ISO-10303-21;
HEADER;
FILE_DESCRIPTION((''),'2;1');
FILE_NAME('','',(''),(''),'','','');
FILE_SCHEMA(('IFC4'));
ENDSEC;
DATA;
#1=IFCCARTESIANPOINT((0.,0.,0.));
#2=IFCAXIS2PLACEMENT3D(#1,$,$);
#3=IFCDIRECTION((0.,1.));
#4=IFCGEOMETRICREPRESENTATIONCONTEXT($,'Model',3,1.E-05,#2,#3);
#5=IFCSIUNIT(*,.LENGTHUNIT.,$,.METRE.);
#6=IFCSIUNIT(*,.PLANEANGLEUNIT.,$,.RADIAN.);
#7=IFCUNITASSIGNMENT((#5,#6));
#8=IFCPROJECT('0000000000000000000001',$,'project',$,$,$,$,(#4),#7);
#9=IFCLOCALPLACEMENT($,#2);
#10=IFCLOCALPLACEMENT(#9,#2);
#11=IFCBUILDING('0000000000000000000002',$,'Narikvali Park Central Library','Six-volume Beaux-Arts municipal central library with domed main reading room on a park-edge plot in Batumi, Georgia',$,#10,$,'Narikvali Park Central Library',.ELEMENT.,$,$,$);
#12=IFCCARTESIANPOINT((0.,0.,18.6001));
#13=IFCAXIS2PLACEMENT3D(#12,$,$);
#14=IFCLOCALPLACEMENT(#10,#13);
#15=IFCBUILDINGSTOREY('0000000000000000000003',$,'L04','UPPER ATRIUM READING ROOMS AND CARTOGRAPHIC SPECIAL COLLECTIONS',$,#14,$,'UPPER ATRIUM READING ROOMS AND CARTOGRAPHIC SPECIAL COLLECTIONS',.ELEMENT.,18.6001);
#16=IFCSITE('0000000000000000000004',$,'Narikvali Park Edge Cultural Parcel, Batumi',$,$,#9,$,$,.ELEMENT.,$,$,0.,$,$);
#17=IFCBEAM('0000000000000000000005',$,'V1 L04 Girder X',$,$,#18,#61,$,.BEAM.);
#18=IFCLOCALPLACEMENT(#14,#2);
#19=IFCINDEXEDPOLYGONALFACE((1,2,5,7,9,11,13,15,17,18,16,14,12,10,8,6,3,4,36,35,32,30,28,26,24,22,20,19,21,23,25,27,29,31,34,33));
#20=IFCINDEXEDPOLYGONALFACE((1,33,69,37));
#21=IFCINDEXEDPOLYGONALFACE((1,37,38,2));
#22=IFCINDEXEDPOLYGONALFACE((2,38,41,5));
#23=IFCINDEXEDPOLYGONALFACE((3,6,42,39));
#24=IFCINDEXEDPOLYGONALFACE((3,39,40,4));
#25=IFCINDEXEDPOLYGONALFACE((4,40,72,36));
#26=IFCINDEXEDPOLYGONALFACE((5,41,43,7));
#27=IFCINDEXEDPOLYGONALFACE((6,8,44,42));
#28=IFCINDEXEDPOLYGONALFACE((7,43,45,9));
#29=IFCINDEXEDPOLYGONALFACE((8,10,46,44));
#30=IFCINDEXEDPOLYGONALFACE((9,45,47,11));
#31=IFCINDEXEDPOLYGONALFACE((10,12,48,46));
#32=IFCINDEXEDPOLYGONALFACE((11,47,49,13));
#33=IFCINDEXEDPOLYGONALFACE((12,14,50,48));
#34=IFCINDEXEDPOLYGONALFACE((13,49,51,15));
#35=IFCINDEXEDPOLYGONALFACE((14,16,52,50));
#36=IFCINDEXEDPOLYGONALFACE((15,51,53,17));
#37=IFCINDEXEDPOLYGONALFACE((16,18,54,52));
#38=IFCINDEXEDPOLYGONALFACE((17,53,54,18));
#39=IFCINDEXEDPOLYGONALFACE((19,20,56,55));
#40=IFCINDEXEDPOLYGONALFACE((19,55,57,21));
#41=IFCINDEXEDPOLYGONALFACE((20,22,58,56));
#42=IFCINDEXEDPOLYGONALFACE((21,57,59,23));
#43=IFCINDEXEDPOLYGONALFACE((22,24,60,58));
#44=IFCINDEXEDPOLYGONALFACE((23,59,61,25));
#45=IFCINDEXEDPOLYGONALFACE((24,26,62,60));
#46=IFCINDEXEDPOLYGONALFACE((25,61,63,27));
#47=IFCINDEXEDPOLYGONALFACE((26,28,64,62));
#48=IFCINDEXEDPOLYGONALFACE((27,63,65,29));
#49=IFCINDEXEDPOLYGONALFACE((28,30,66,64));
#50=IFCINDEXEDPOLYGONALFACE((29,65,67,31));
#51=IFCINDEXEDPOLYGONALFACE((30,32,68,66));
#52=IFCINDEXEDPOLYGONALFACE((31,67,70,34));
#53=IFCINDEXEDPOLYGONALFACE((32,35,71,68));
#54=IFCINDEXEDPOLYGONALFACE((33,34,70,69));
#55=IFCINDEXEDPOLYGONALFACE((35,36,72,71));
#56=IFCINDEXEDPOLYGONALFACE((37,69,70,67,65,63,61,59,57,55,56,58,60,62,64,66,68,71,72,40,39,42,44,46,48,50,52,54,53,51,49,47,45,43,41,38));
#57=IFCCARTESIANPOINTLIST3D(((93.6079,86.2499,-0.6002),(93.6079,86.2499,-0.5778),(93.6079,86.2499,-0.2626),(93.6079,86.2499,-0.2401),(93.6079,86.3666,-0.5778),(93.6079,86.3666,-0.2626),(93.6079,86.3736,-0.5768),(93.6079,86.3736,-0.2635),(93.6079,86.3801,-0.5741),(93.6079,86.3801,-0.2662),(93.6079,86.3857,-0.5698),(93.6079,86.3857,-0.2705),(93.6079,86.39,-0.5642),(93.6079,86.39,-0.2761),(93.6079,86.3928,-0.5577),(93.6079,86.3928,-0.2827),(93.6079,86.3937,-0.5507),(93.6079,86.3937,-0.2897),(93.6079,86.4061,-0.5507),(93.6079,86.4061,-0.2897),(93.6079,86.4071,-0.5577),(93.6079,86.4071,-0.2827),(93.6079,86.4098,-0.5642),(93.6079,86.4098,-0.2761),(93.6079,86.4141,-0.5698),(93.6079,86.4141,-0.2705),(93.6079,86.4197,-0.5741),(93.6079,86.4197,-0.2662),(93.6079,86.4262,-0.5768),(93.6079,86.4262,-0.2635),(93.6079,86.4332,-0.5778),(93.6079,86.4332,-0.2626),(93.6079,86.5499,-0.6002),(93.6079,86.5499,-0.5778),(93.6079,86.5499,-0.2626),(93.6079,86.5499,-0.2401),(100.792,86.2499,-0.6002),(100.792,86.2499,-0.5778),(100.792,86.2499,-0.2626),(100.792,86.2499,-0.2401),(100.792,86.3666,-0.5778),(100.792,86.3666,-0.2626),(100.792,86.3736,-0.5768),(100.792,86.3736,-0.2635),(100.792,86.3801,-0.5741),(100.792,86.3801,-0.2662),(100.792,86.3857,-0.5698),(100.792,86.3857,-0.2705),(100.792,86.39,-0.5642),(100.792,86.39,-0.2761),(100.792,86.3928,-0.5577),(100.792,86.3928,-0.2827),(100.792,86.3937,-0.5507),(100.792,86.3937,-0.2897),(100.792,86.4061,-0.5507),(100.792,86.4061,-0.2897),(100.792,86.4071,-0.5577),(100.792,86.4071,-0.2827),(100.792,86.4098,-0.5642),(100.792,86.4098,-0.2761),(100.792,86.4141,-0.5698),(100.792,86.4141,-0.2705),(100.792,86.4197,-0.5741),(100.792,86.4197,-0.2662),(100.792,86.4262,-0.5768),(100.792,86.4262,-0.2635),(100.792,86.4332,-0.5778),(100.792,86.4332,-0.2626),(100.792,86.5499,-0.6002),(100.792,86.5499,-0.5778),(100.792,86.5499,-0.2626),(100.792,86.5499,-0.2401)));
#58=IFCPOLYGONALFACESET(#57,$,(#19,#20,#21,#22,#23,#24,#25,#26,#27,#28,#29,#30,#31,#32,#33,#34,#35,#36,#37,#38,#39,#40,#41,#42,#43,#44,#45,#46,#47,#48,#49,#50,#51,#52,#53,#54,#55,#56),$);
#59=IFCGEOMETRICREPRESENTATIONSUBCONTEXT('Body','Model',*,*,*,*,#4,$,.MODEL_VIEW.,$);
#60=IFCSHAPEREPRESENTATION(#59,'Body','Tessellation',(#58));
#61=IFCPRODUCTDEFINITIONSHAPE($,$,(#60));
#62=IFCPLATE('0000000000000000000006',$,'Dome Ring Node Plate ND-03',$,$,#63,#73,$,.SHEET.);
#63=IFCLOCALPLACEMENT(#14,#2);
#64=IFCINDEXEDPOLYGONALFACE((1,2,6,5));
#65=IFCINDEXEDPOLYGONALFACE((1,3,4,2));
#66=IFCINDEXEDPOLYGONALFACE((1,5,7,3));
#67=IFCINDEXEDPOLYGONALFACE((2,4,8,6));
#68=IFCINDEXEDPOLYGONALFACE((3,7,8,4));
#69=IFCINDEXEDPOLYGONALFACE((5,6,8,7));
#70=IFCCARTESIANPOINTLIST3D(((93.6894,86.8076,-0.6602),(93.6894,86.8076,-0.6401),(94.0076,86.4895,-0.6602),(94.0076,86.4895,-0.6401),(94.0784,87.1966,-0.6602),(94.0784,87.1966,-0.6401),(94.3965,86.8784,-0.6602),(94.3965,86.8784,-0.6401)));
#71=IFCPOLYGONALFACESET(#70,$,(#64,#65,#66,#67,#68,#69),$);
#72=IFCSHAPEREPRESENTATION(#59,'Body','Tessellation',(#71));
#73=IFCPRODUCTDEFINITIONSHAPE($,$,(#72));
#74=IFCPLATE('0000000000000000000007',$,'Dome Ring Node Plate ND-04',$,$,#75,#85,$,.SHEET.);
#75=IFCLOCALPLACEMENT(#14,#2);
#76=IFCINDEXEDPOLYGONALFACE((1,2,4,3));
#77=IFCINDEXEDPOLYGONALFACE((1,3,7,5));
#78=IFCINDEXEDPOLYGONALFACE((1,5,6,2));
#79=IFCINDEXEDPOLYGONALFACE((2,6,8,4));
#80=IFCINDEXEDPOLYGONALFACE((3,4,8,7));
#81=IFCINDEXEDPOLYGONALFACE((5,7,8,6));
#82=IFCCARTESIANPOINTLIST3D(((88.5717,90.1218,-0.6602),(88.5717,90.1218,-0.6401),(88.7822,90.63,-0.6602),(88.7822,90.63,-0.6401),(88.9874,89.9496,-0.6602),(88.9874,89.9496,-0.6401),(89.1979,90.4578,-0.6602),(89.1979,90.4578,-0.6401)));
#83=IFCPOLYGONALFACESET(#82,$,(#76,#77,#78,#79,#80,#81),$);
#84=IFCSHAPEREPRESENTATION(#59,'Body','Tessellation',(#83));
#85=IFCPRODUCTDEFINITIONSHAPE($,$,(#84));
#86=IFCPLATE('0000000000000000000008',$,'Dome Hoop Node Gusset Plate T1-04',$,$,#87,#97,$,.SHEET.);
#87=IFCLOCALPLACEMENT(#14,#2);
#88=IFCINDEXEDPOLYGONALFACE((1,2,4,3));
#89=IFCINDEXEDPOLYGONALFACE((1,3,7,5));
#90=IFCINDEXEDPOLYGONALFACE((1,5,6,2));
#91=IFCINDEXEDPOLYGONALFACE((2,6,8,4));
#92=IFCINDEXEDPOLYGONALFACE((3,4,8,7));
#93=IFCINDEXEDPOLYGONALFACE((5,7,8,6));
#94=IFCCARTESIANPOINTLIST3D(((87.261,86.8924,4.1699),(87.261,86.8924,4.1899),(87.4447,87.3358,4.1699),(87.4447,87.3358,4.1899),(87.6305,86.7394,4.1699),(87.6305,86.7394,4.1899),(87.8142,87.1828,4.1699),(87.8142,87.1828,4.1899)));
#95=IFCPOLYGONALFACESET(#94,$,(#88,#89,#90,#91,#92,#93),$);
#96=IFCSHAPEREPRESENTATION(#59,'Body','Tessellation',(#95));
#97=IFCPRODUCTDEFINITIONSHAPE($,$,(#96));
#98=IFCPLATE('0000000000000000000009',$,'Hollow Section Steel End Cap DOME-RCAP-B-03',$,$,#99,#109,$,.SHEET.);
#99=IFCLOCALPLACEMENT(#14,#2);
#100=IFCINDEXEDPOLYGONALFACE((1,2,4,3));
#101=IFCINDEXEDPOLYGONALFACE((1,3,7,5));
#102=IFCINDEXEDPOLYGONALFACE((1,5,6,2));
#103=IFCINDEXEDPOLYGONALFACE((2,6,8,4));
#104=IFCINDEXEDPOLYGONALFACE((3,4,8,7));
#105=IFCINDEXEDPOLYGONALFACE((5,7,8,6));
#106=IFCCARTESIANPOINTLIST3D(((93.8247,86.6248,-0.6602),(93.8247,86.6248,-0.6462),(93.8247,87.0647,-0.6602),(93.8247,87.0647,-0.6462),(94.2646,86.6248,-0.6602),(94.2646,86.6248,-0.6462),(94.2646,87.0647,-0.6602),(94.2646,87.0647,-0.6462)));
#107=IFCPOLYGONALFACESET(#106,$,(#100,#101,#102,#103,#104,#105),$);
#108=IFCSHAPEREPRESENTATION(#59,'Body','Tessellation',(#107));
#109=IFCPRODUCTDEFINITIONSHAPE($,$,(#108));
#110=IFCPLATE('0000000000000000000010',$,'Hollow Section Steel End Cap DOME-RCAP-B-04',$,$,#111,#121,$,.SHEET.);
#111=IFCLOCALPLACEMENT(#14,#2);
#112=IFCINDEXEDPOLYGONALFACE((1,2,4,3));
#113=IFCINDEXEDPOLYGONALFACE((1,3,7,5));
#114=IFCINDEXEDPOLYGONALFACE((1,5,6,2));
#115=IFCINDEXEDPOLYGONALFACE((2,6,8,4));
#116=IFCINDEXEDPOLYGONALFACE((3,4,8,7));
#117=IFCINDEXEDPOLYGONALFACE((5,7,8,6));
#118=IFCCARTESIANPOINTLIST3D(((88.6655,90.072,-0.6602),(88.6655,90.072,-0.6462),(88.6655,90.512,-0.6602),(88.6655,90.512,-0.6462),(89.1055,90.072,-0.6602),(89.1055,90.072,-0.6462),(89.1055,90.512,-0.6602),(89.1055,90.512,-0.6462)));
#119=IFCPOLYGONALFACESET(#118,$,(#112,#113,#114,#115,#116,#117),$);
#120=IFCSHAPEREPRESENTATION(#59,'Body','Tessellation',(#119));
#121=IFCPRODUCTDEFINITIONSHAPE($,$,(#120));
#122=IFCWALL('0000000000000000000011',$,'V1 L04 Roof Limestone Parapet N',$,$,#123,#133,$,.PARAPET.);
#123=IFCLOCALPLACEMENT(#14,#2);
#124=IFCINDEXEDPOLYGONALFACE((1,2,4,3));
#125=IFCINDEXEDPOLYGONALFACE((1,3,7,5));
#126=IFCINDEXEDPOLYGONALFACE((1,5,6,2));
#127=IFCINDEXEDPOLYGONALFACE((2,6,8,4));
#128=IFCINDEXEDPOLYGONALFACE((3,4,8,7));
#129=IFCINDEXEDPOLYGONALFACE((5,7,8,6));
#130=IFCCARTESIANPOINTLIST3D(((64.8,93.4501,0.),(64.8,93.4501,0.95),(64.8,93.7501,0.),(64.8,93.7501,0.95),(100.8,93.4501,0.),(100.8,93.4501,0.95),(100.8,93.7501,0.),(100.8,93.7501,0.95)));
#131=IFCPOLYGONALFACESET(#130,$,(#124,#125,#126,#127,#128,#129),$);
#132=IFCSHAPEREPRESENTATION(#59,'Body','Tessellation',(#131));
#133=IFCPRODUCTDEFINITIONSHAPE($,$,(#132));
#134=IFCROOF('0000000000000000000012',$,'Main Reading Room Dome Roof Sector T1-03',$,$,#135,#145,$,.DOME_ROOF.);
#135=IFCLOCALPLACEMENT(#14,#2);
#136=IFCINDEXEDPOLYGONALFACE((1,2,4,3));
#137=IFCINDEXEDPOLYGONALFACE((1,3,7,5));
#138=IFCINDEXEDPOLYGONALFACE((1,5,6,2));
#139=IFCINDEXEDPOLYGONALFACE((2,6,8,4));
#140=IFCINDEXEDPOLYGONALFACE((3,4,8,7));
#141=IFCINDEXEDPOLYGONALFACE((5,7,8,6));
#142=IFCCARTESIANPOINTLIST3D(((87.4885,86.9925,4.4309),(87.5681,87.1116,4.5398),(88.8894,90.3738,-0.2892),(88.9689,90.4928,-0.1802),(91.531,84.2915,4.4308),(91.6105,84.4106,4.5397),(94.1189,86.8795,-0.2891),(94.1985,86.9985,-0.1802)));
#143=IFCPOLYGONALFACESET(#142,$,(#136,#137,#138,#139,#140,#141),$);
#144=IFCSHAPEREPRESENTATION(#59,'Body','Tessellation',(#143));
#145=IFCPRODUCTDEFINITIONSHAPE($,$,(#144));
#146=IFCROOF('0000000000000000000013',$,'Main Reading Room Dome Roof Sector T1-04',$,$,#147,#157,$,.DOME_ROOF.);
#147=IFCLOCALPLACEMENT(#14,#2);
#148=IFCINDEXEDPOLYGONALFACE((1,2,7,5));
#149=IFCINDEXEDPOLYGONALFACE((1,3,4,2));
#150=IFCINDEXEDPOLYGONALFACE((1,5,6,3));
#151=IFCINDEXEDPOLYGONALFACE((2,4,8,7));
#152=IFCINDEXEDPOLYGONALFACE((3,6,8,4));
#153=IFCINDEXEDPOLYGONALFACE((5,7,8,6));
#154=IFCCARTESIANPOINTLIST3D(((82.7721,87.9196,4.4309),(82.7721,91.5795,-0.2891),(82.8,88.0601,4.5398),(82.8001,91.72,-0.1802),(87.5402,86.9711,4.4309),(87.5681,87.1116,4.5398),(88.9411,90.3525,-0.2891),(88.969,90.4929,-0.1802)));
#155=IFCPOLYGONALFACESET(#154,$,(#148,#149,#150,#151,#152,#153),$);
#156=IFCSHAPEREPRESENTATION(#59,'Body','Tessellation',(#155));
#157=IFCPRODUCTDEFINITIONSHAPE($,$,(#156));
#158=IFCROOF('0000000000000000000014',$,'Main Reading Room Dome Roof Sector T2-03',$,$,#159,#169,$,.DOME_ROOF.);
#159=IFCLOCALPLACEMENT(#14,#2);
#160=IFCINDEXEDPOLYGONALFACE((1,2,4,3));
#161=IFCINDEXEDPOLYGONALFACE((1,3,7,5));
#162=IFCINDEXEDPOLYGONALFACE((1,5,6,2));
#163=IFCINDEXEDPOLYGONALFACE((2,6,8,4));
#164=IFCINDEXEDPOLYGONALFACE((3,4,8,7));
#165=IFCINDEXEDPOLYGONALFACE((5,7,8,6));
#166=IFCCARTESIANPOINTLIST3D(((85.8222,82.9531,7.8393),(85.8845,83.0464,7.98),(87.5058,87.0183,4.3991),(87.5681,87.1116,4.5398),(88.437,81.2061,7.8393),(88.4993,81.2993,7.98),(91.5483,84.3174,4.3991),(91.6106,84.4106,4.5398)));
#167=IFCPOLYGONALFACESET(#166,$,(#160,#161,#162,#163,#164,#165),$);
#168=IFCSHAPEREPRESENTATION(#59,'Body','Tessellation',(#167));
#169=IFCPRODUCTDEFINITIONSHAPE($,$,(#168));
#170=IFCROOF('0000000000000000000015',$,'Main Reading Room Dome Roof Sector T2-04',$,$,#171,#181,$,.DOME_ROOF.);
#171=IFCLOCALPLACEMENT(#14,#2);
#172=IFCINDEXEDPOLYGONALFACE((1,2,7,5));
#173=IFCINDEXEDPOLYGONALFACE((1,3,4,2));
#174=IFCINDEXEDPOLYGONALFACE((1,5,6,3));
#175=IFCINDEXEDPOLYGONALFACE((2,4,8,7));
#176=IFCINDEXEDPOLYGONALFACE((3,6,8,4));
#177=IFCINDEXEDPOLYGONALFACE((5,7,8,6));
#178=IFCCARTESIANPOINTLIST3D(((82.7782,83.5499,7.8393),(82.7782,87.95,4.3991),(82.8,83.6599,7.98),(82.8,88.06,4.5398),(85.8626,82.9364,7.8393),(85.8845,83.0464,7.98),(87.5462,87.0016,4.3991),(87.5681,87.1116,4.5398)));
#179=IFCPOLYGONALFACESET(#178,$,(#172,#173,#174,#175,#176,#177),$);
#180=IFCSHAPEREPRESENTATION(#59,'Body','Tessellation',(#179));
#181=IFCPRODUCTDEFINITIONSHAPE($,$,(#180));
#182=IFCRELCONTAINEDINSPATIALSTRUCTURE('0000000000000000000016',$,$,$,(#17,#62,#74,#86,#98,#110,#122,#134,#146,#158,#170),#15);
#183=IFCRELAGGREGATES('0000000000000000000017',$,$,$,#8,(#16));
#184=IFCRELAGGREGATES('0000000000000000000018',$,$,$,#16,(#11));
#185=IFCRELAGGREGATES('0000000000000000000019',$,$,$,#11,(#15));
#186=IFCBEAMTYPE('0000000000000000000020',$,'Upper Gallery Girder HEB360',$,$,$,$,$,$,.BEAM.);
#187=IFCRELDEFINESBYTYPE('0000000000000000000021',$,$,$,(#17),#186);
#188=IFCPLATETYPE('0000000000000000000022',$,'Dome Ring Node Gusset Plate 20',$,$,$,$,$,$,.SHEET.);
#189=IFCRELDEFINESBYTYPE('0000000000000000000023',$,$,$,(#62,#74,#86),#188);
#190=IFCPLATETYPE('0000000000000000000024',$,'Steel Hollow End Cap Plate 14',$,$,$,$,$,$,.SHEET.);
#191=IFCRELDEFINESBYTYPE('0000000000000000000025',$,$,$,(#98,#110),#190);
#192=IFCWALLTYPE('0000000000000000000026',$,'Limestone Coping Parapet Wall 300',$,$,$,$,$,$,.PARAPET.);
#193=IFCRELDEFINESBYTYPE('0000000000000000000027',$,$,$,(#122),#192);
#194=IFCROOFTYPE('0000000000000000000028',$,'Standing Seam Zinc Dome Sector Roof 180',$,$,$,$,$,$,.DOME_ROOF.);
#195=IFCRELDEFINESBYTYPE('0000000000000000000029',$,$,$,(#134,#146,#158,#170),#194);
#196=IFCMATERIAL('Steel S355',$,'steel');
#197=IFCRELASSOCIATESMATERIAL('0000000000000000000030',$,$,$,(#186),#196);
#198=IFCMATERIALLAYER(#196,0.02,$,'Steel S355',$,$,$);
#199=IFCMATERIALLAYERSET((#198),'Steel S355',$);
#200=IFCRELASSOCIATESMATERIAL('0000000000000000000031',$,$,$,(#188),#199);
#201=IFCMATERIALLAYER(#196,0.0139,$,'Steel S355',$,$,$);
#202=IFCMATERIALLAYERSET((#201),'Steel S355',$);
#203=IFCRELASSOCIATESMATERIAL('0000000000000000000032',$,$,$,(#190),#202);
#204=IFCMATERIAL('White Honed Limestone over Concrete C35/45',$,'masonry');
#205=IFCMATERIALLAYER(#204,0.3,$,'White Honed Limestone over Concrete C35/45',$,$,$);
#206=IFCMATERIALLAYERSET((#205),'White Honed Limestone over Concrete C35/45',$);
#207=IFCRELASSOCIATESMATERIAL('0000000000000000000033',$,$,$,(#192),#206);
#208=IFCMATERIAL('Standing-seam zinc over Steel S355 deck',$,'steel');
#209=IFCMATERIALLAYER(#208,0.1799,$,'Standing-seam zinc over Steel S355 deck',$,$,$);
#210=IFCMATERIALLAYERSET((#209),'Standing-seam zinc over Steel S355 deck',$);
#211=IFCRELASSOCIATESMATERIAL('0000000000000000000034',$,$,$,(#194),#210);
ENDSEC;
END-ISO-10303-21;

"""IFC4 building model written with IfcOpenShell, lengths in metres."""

from ifc_helpers import new_model, si_unit, direction, frame, frame_2d, origin, origin_2d, place, context, subcontext, project, spatial, polyline, rectangle, i_section, outline, extrude, material, layer, layer_set, material_profile, profile_set, type_object, element, save


model = new_model("IFC4")

# Units and contexts
model_context = context("Model", 3, precision=1e-05, world=origin(), true_north=direction((0.0, 1.0)))
body_context = subcontext(model_context, "Body", "Model", "MODEL_VIEW")
ifc_project = project(units=[si_unit("LENGTHUNIT", "METRE"), si_unit("PLANEANGLEUNIT", "RADIAN")], contexts=[model_context])

# Site, building, storey
site_placement = place(None, origin())
site = spatial("IfcSite", under=ifc_project, at=site_placement, Name="Narikvali Park Edge Cultural Parcel, Batumi", CompositionType="ELEMENT", RefElevation=0.0)
building_placement = place(site_placement, origin())
building = spatial("IfcBuilding", under=site, at=building_placement, Name="Narikvali Park Central Library", Description="Six-volume Beaux-Arts municipal central library with domed main reading room on a park-edge plot in Batumi, Georgia", LongName="Narikvali Park Central Library", CompositionType="ELEMENT")
storey_placement = place(building_placement, frame((0.0, 0.0, 18.6001)))
storey = spatial("IfcBuildingStorey", under=building, at=storey_placement, Name="L04", Description="UPPER ATRIUM READING ROOMS AND CARTOGRAPHIC SPECIAL COLLECTIONS", LongName="UPPER ATRIUM READING ROOMS AND CARTOGRAPHIC SPECIAL COLLECTIONS", CompositionType="ELEMENT", Elevation=18.6001)

# Shared definitions
ifc_material_1 = material(Name="Steel S355", Category="steel")

# Beam
ifc_material_profile_1 = material_profile(ifc_material_1, i_section(OverallWidth=0.3, OverallDepth=0.3601, WebThickness=0.0125, FlangeThickness=0.0225, FilletRadius=0.0271, at=origin_2d()), Name="HEB 360")
ifc_profile_set_1 = profile_set([ifc_material_profile_1], Name="Steel S355")
beam_type_1 = type_object("IfcBeamType", Name="Upper Gallery Girder HEB360", PredefinedType="BEAM", material=ifc_profile_set_1)
beam_1_placement = place(storey_placement, frame((93.6079, 86.3999, -0.4202), z_axis=(1.0, 0.0, 0.0), x_axis=(0.0, 1.0, 0.0)))
element("IfcBeam", 1, at=beam_1_placement, inside=storey, type_object=beam_type_1, Name="V1 L04 Girder X", PredefinedType="BEAM", context=body_context, shape_type="SweptSolid", body=[
    extrude(i_section(OverallWidth=0.3, OverallDepth=0.3601, WebThickness=0.0125, FlangeThickness=0.0225, FilletRadius=0.0271, at=origin_2d()), origin(), (0.0, 0.0, 1.0), 7.1841),
])

# Plates
ifc_layer_1 = layer(ifc_material_1, 0.02, Name="Steel S355")
ifc_layer_set_1 = layer_set([ifc_layer_1], Name="Steel S355")
plate_type_1 = type_object("IfcPlateType", Name="Dome Ring Node Gusset Plate 20", PredefinedType="SHEET", material=ifc_layer_set_1)
for number, where, z_axis, x_axis, name in (
    (2, (94.043, 86.843, -0.6602), (0.0, 0.0, 1.0), (0.707107, 0.707107, 0.0), "Dome Ring Node Plate ND-03"),
    (3, (88.8848, 90.2898, -0.6602), (0.0, 0.0, 1.0), (0.382683, 0.92388, 0.0), "Dome Ring Node Plate ND-04"),
):
    element("IfcPlate", number, at=place(storey_placement, frame(where, z_axis=z_axis, x_axis=x_axis)), inside=storey, type_object=plate_type_1, Name=name, PredefinedType="SHEET", context=body_context, shape_type="SweptSolid", body=[
        extrude(rectangle(XDim=0.55, YDim=0.45, at=origin_2d()), origin(), (0.0, 0.0, 1.0), 0.02),
    ])
plate_placement = place(storey_placement, frame((87.5376, 87.0376, 4.1699), z_axis=(0.0, 0.0, 1.0), x_axis=(0.382683, 0.92388, 0.0)))
element("IfcPlate", 4, at=plate_placement, inside=storey, type_object=plate_type_1, Name="Dome Hoop Node Gusset Plate T1-04", PredefinedType="SHEET", context=body_context, shape_type="SweptSolid", body=[
    extrude(rectangle(XDim=0.48, YDim=0.3999, at=origin_2d()), origin(), (0.0, 0.0, 1.0), 0.02),
])
ifc_layer_2 = layer(ifc_material_1, 0.0139, Name="Steel S355")
ifc_layer_set_2 = layer_set([ifc_layer_2], Name="Steel S355")
plate_type_2 = type_object("IfcPlateType", Name="Steel Hollow End Cap Plate 14", PredefinedType="SHEET", material=ifc_layer_set_2)
for number, where, z_axis, x_axis, name in (
    (5, (94.0447, 86.8447, -0.6602), (0.0, 0.0, 1.0), (1.0, 0.0, 0.0), "Hollow Section Steel End Cap DOME-RCAP-B-03"),
    (6, (88.8855, 90.292, -0.6602), (0.0, 0.0, 1.0), (1.0, 0.0, 0.0), "Hollow Section Steel End Cap DOME-RCAP-B-04"),
):
    element("IfcPlate", number, at=place(storey_placement, frame(where, z_axis=z_axis, x_axis=x_axis)), inside=storey, type_object=plate_type_2, Name=name, PredefinedType="SHEET", context=body_context, shape_type="SweptSolid", body=[
        extrude(rectangle(XDim=0.4399, YDim=0.4399, at=origin_2d()), origin(), (0.0, 0.0, 1.0), 0.0139),
    ])

# Wall
ifc_material_2 = material(Name="White Honed Limestone over Concrete C35/45", Category="masonry")
ifc_layer_3 = layer(ifc_material_2, 0.3, Name="White Honed Limestone over Concrete C35/45")
ifc_layer_set_3 = layer_set([ifc_layer_3], Name="White Honed Limestone over Concrete C35/45")
wall_type = type_object("IfcWallType", Name="Limestone Coping Parapet Wall 300", PredefinedType="PARAPET", material=ifc_layer_set_3)
wall_placement = place(storey_placement, frame((100.8, 93.6001, 0.0), z_axis=(0.0, 0.0, 1.0), x_axis=(-1.0, 0.0, 0.0)))
element("IfcWall", 7, at=wall_placement, inside=storey, type_object=wall_type, Name="V1 L04 Roof Limestone Parapet N", PredefinedType="PARAPET", context=body_context, shape_type="SweptSolid", body=[
    extrude(rectangle(XDim=36.0, YDim=0.3, at=frame_2d((18.0, 0.0))), origin(), (0.0, 0.0, 1.0), 0.95),
])

# Roofs
ifc_material_3 = material(Name="Standing-seam zinc over Steel S355 deck", Category="steel")
ifc_layer_4 = layer(ifc_material_3, 0.1799, Name="Standing-seam zinc over Steel S355 deck")
ifc_layer_set_4 = layer_set([ifc_layer_4], Name="Standing-seam zinc over Steel S355 deck")
roof_type = type_object("IfcRoofType", Name="Standing Seam Zinc Dome Sector Roof 180", PredefinedType="DOME_ROOF", material=ifc_layer_set_4)
roof_1_placement = place(storey_placement, frame((94.1985, 86.9985, -0.1802), z_axis=(0.442212, 0.661819, 0.605347), x_axis=(-0.831466, 0.555575, -0.00001)))
element("IfcRoof", 8, at=roof_1_placement, inside=storey, type_object=roof_type, Name="Main Reading Room Dome Roof Sector T1-03", PredefinedType="DOME_ROOF", context=body_context, shape_type="SweptSolid", body=[
    extrude(outline(polyline([(0.0, 0.0), (6.2895, 0.0), (5.5757, 5.93), (0.7139, 5.9298), (0.0, 0.0)])), origin(), (0.0, 0.0, -1.0), 0.1799),
])
roof_2_placement = place(storey_placement, frame((88.969, 90.4929, -0.1802), z_axis=(0.155287, 0.780668, 0.605345), x_axis=(-0.980785, 0.19509, 0.000003)))
element("IfcRoof", 9, at=roof_2_placement, inside=storey, type_object=roof_type, Name="Main Reading Room Dome Roof Sector T1-04", PredefinedType="DOME_ROOF", context=body_context, shape_type="SweptSolid", body=[
    extrude(outline(polyline([(0.0, 0.0), (6.2898, 0.0), (5.5758, 5.9299), (0.7143, 5.9299), (0.0, 0.0)])), origin(), (0.0, 0.0, -1.0), 0.1799),
])
roof_3_placement = place(storey_placement, frame((91.6106, 84.4106, 4.5398), z_axis=(0.346301, 0.518301, 0.781946), x_axis=(-0.831484, 0.555548, 0.000003)))
element("IfcRoof", 10, at=roof_3_placement, inside=storey, type_object=roof_type, Name="Main Reading Room Dome Roof Sector T2-03", PredefinedType="DOME_ROOF", context=body_context, shape_type="SweptSolid", body=[
    extrude(outline(polyline([(0.0, 0.0), (4.8618, 0.0), (4.0032, 5.5189), (0.8585, 5.5189), (0.0, 0.0)])), origin(), (0.0, 0.0, -1.0), 0.1799),
])
roof_4_placement = place(storey_placement, frame((87.5681, 87.1116, 4.5398), z_axis=(0.121611, 0.611361, 0.781952), x_axis=(-0.980783, 0.1951, -0.000003)))
element("IfcRoof", 11, at=roof_4_placement, inside=storey, type_object=roof_type, Name="Main Reading Room Dome Roof Sector T2-04", PredefinedType="DOME_ROOF", context=body_context, shape_type="SweptSolid", body=[
    extrude(outline(polyline([(0.0, 0.0), (4.8615, 0.0), (4.003, 5.519), (0.8581, 5.5189), (0.0, 0.0)])), origin(), (0.0, 0.0, -1.0), 0.1799),
])

save(model, "model.ifc")
